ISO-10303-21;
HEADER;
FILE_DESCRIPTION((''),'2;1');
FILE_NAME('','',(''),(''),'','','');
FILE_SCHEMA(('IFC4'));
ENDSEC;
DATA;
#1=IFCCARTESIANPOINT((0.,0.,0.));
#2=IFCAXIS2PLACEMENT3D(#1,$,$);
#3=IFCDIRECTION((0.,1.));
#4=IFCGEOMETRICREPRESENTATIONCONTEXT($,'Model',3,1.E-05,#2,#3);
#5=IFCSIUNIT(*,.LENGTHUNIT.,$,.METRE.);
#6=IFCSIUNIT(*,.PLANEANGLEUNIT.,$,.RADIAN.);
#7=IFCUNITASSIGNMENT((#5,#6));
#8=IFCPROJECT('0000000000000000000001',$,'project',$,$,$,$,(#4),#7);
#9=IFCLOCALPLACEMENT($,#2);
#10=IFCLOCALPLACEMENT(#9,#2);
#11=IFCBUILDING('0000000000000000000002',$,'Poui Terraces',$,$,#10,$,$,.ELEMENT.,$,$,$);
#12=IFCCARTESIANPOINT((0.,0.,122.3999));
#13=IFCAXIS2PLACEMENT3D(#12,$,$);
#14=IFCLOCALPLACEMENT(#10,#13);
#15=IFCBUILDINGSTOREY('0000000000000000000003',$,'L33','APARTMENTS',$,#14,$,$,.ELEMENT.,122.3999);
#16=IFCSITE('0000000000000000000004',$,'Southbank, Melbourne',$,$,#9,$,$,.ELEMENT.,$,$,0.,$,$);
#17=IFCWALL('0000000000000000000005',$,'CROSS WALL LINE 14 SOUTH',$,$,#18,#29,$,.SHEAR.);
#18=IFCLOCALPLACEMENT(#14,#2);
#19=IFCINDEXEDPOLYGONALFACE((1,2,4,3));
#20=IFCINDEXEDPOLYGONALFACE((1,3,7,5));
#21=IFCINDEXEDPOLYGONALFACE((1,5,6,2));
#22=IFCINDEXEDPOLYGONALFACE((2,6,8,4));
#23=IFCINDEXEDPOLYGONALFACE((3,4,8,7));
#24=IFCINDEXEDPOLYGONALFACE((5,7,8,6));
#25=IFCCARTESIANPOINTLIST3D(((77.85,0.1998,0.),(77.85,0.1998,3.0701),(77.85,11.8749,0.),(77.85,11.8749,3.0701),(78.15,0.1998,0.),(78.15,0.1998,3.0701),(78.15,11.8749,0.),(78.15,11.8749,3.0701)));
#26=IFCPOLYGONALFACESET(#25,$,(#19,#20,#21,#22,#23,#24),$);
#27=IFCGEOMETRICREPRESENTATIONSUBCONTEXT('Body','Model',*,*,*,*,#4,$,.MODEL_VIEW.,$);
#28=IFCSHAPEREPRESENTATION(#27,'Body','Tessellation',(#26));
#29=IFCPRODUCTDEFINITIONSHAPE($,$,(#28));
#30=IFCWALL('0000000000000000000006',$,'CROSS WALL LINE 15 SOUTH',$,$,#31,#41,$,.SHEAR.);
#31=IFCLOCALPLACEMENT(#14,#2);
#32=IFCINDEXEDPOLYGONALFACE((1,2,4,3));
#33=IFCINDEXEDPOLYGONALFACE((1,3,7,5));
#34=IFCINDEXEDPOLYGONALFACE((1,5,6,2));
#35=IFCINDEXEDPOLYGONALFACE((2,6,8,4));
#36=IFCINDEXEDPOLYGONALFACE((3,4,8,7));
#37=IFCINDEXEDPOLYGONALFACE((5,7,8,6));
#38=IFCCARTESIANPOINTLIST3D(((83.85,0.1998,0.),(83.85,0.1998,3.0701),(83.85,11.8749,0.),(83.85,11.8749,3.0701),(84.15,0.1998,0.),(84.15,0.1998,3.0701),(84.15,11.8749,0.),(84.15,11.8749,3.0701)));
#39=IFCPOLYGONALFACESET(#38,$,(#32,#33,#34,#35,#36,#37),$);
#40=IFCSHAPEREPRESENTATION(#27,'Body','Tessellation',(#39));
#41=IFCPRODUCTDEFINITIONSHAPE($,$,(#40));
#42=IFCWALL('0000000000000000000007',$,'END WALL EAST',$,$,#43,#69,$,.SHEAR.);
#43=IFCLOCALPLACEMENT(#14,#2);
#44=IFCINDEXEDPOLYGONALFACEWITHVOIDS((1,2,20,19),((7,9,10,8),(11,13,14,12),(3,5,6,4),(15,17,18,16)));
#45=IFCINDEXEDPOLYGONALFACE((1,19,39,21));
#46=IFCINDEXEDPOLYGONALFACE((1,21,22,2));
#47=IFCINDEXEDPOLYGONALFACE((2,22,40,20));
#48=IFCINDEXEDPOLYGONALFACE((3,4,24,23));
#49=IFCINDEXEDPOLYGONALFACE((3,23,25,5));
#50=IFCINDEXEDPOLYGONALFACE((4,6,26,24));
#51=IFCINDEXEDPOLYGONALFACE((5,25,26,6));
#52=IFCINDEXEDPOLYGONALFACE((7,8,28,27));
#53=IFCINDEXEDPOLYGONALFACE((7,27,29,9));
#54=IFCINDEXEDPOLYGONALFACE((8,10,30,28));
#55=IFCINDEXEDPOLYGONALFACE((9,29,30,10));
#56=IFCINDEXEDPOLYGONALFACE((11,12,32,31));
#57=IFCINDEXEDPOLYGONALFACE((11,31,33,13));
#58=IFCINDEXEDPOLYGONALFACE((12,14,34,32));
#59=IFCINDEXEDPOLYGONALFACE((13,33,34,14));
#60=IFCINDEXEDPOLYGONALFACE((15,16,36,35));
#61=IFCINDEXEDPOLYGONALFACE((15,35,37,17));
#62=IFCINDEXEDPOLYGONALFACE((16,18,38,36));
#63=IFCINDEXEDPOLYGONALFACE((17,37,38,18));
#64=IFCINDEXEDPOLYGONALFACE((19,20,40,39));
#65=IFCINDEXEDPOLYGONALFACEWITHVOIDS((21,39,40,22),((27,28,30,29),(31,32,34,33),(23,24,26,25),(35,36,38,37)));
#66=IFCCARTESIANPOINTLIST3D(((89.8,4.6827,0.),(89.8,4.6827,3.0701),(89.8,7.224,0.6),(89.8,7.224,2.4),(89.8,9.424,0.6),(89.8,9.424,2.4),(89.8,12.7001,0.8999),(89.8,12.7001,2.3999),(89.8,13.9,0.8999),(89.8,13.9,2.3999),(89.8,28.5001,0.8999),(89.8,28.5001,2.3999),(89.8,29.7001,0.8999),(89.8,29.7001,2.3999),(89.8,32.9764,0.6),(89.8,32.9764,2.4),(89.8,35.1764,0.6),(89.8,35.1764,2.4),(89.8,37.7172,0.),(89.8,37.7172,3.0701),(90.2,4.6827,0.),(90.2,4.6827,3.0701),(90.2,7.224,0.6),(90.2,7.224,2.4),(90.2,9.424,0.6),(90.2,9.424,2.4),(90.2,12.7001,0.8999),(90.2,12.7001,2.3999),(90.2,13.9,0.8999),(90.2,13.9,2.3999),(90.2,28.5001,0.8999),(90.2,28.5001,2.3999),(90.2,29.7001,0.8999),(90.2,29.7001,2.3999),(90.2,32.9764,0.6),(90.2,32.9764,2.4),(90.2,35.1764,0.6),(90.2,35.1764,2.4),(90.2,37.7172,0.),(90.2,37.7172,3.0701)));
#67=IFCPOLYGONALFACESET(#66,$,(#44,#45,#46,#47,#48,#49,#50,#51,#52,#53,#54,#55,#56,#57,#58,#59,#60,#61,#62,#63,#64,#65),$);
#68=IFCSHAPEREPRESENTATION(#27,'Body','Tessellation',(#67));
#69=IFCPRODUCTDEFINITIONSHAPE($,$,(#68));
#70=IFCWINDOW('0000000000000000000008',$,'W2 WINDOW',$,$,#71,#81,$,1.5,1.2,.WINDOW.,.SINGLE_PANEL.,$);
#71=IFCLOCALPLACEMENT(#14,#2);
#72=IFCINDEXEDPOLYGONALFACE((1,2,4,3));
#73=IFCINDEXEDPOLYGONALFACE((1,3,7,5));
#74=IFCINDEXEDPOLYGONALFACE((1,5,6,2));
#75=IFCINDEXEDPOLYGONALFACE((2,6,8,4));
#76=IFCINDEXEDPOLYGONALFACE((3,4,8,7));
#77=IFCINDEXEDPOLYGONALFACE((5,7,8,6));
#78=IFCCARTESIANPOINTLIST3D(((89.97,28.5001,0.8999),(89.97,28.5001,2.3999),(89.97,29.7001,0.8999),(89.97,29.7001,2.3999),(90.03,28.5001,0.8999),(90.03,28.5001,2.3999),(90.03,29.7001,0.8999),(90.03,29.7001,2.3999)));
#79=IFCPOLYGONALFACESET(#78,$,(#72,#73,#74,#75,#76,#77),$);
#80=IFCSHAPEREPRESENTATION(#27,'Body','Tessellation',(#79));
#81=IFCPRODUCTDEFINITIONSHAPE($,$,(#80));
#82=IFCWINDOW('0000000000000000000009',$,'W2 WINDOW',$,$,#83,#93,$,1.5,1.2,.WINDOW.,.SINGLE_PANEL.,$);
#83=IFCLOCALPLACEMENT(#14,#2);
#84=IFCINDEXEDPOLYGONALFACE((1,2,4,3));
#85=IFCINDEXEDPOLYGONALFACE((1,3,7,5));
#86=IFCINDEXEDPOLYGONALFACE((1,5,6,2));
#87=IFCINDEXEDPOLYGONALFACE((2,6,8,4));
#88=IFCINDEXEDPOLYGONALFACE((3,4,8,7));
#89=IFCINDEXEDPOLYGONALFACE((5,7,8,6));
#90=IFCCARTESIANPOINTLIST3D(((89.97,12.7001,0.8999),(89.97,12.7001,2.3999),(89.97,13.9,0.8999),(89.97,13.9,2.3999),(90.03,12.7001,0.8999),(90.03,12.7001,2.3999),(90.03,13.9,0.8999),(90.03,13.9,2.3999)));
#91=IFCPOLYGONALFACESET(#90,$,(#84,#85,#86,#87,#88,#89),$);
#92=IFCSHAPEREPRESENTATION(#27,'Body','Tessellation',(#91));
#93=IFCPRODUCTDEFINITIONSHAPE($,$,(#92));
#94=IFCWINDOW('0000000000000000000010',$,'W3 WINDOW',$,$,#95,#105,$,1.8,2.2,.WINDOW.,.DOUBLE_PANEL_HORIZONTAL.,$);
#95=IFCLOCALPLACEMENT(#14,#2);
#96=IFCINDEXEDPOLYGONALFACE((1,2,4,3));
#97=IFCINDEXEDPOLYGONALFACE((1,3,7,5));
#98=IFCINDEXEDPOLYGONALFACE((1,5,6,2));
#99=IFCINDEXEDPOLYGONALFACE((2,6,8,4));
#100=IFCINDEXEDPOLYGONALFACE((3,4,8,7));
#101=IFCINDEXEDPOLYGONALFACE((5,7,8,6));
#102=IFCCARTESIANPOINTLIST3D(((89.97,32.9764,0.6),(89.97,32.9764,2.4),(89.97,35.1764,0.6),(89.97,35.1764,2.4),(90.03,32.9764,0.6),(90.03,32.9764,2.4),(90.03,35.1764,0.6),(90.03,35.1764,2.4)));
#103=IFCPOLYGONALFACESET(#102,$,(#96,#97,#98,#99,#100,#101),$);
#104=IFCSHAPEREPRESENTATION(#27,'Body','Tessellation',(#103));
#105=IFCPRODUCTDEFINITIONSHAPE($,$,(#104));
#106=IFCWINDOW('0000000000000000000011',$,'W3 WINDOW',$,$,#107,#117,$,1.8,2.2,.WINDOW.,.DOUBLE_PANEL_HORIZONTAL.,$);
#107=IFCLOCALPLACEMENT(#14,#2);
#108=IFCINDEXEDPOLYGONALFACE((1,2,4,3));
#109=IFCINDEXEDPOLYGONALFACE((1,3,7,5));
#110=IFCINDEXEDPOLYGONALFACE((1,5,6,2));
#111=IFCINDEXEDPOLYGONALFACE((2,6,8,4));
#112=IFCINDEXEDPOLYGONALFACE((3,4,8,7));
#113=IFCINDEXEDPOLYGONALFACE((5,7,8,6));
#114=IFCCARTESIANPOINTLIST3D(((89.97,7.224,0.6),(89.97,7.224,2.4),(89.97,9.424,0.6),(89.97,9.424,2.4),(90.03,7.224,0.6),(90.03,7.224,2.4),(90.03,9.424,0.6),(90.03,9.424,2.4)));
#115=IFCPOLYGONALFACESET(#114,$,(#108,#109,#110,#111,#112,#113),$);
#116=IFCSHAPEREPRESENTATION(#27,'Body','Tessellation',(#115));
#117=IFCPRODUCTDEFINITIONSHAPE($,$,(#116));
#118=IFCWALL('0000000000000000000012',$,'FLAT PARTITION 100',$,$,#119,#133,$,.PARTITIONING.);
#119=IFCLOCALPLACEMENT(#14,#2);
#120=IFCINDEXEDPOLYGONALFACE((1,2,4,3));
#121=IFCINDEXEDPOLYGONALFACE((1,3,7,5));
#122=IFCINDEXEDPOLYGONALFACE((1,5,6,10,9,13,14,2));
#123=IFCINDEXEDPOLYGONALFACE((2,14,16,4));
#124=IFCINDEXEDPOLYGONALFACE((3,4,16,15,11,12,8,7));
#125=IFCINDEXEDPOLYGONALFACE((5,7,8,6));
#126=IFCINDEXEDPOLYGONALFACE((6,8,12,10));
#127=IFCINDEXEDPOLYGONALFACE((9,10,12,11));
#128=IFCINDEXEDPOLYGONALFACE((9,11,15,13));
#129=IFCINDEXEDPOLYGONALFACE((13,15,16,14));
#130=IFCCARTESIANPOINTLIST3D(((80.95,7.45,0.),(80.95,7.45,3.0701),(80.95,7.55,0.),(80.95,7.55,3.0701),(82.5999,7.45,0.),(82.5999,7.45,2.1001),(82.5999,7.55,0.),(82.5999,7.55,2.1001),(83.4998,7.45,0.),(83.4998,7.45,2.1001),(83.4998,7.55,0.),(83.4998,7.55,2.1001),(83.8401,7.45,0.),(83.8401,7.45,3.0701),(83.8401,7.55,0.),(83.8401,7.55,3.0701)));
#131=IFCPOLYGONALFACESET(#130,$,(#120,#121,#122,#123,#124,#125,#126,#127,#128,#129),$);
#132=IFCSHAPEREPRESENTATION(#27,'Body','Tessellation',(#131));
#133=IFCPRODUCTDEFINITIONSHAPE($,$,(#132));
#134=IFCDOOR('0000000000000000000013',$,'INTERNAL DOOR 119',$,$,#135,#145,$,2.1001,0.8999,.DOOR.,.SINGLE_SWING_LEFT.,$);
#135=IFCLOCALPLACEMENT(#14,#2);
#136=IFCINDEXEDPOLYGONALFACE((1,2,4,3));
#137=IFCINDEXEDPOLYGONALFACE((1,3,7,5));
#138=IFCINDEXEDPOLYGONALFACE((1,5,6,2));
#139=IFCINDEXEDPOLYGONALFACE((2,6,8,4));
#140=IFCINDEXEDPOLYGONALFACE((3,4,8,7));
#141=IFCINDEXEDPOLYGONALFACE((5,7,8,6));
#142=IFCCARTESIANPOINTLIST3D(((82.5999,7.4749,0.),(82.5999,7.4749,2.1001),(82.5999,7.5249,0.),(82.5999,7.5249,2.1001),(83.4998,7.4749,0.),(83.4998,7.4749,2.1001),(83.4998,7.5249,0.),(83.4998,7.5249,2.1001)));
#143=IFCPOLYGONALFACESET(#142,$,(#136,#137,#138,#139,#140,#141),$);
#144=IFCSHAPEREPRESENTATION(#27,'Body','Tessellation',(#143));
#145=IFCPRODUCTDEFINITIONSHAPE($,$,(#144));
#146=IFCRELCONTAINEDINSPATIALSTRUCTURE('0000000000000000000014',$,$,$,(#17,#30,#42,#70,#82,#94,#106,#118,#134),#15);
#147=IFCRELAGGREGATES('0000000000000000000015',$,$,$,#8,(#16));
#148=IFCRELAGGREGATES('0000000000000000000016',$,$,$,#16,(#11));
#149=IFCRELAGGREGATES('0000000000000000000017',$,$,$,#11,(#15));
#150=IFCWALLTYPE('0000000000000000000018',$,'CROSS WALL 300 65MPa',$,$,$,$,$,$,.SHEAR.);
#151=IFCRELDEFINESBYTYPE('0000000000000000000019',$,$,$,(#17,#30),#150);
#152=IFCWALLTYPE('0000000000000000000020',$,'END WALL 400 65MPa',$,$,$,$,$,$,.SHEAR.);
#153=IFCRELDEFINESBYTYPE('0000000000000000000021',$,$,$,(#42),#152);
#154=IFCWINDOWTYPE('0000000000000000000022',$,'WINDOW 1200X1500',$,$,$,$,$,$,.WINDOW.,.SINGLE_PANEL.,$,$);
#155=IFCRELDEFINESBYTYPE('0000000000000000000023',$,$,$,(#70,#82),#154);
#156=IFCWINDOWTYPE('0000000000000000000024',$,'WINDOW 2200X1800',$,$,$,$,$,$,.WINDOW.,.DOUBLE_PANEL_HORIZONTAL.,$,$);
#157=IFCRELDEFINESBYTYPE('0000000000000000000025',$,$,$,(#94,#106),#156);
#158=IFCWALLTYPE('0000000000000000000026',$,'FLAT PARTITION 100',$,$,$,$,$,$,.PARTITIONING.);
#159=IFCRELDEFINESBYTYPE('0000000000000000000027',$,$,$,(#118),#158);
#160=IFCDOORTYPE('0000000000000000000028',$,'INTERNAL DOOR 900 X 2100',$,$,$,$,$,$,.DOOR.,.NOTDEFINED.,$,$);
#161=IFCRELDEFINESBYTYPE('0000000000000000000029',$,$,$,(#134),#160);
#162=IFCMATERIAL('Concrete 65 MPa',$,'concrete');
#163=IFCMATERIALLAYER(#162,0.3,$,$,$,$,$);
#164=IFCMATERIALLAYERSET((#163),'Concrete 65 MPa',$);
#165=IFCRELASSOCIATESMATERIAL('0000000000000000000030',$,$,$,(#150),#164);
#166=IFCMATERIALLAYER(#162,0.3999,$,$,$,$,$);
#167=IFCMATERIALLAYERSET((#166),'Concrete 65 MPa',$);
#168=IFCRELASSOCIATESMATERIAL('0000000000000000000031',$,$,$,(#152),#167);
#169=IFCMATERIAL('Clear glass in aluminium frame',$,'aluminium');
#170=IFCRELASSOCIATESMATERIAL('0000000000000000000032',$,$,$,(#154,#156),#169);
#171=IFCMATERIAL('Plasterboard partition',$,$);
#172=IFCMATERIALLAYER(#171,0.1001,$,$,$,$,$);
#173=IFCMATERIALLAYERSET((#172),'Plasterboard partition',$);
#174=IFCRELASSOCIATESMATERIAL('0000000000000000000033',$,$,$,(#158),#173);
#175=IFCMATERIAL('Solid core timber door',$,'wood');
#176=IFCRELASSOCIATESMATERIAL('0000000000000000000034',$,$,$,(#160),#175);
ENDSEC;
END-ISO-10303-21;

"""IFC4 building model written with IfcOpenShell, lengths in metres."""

from ifc_helpers import new_model, si_unit, direction, frame, frame_2d, origin, place, context, subcontext, project, spatial, rectangle, extrude, material, layer, layer_set, type_object, element, fill, save


model = new_model("IFC4")

# Units and contexts
model_context = context("Model", 3, precision=1e-05, world=origin(), true_north=direction((0.0, 1.0)))
body_context = subcontext(model_context, "Body", "Model", "MODEL_VIEW")
ifc_project = project(units=[si_unit("LENGTHUNIT", "METRE"), si_unit("PLANEANGLEUNIT", "RADIAN")], contexts=[model_context])

# Site, building, storey
site_placement = place(None, origin())
site = spatial("IfcSite", under=ifc_project, at=site_placement, Name="Southbank, Melbourne", CompositionType="ELEMENT", RefElevation=0.0)
building_placement = place(site_placement, origin())
building = spatial("IfcBuilding", under=site, at=building_placement, Name="Poui Terraces", CompositionType="ELEMENT")
storey_placement = place(building_placement, frame((0.0, 0.0, 122.3999)))
storey = spatial("IfcBuildingStorey", under=building, at=storey_placement, Name="L33", Description="APARTMENTS", CompositionType="ELEMENT", Elevation=122.3999)

# Walls
ifc_material_1 = material(Name="Concrete 65 MPa", Category="concrete")
ifc_layer_1 = layer(ifc_material_1, 0.3)
ifc_layer_set_1 = layer_set([ifc_layer_1], Name="Concrete 65 MPa")
wall_type_1 = type_object("IfcWallType", Name="CROSS WALL 300 65MPa", PredefinedType="SHEAR", material=ifc_layer_set_1)
for number, where, z_axis, x_axis, name in (
    (1, (78.0, 0.2, 0.0), (0.0, 0.0, 1.0), (0.0, 1.0, 0.0), "CROSS WALL LINE 14 SOUTH"),
    (2, (84.0, 0.2, 0.0), (0.0, 0.0, 1.0), (0.0, 1.0, 0.0), "CROSS WALL LINE 15 SOUTH"),
):
    element("IfcWall", number, at=place(storey_placement, frame(where, z_axis=z_axis, x_axis=x_axis)), inside=storey, type_object=wall_type_1, Name=name, PredefinedType="SHEAR", context=body_context, shape_type="SweptSolid", body=[
        extrude(rectangle(XDim=11.675, YDim=0.3, at=frame_2d((5.8374, 0.0))), origin(), (0.0, 0.0, 1.0), 3.0701),
    ])

# Wall, openings, windows
ifc_layer_2 = layer(ifc_material_1, 0.3999)
ifc_layer_set_2 = layer_set([ifc_layer_2], Name="Concrete 65 MPa")
wall_type_2 = type_object("IfcWallType", Name="END WALL 400 65MPa", PredefinedType="SHEAR", material=ifc_layer_set_2)
wall_1_placement = place(storey_placement, frame((90.0, 4.6829, 0.0), z_axis=(0.0, 0.0, 1.0), x_axis=(0.0, 1.0, 0.0)))
wall_1 = element("IfcWall", 3, at=wall_1_placement, inside=storey, type_object=wall_type_2, Name="END WALL EAST", PredefinedType="SHEAR", context=body_context, shape_type="SweptSolid", body=[
    extrude(rectangle(XDim=33.0344, YDim=0.3999, at=frame_2d((16.5171, 0.0))), origin(), (0.0, 0.0, 1.0), 3.0701),
])
opening_1_placement = place(wall_1_placement, frame((23.8171, 0.0, 0.8999)))
opening_1 = element("IfcOpeningElement", 4, at=opening_1_placement, cuts=wall_1, PredefinedType="OPENING", context=body_context, shape_type="SweptSolid", body=[
    extrude(rectangle(XDim=1.2, YDim=1.5, at=frame_2d((0.6001, 0.75))), frame((0.0, 0.21, 0.0), z_axis=(0.0, -1.0, 0.0), x_axis=(1.0, 0.0, 0.0)), (0.0, 0.0, 1.0), 0.4199),
])
opening_2_placement = place(wall_1_placement, frame((8.0171, 0.0, 0.8999)))
opening_2 = element("IfcOpeningElement", 5, at=opening_2_placement, cuts=wall_1, PredefinedType="OPENING", context=body_context, shape_type="SweptSolid", body=[
    extrude(rectangle(XDim=1.2, YDim=1.5, at=frame_2d((0.6001, 0.75))), frame((0.0, 0.21, 0.0), z_axis=(0.0, -1.0, 0.0), x_axis=(1.0, 0.0, 0.0)), (0.0, 0.0, 1.0), 0.4199),
])
opening_3_placement = place(wall_1_placement, frame((28.2935, 0.0, 0.6001)))
opening_3 = element("IfcOpeningElement", 6, at=opening_3_placement, cuts=wall_1, PredefinedType="OPENING", context=body_context, shape_type="SweptSolid", body=[
    extrude(rectangle(XDim=2.2, YDim=1.8, at=frame_2d((1.1001, 0.8999))), frame((0.0, 0.21, 0.0), z_axis=(0.0, -1.0, 0.0), x_axis=(1.0, 0.0, 0.0)), (0.0, 0.0, 1.0), 0.4199),
])
opening_4_placement = place(wall_1_placement, frame((2.541, 0.0, 0.6001)))
opening_4 = element("IfcOpeningElement", 7, at=opening_4_placement, cuts=wall_1, PredefinedType="OPENING", context=body_context, shape_type="SweptSolid", body=[
    extrude(rectangle(XDim=2.2, YDim=1.8, at=frame_2d((1.1001, 0.8999))), frame((0.0, 0.21, 0.0), z_axis=(0.0, -1.0, 0.0), x_axis=(1.0, 0.0, 0.0)), (0.0, 0.0, 1.0), 0.4199),
])
ifc_material_2 = material(Name="Clear glass in aluminium frame", Category="aluminium")
window_type_1 = type_object("IfcWindowType", Name="WINDOW 1200X1500", PartitioningType="SINGLE_PANEL", PredefinedType="WINDOW", material=ifc_material_2)
window_1_placement = place(opening_1_placement, origin())
window_1 = element("IfcWindow", 8, at=window_1_placement, inside=storey, type_object=window_type_1, Name="W2 WINDOW", OverallHeight=1.5, OverallWidth=1.2, PartitioningType="SINGLE_PANEL", PredefinedType="WINDOW", context=body_context, shape_type="SweptSolid", body=[
    extrude(rectangle(XDim=1.2, YDim=1.5, at=frame_2d((0.6001, 0.75))), frame((0.0, 0.03, 0.0), z_axis=(0.0, -1.0, 0.0), x_axis=(1.0, 0.0, 0.0)), (0.0, 0.0, 1.0), 0.0601),
])
fill(opening_1, window_1)
window_2_placement = place(opening_2_placement, origin())
window_2 = element("IfcWindow", 9, at=window_2_placement, inside=storey, type_object=window_type_1, Name="W2 WINDOW", OverallHeight=1.5, OverallWidth=1.2, PartitioningType="SINGLE_PANEL", PredefinedType="WINDOW", context=body_context, shape_type="SweptSolid", body=[
    extrude(rectangle(XDim=1.2, YDim=1.5, at=frame_2d((0.6001, 0.75))), frame((0.0, 0.03, 0.0), z_axis=(0.0, -1.0, 0.0), x_axis=(1.0, 0.0, 0.0)), (0.0, 0.0, 1.0), 0.0601),
])
fill(opening_2, window_2)
window_type_2 = type_object("IfcWindowType", Name="WINDOW 2200X1800", PartitioningType="DOUBLE_PANEL_HORIZONTAL", PredefinedType="WINDOW", material=ifc_material_2)
window_3_placement = place(opening_3_placement, origin())
window_3 = element("IfcWindow", 10, at=window_3_placement, inside=storey, type_object=window_type_2, Name="W3 WINDOW", OverallHeight=1.8, OverallWidth=2.2, PartitioningType="DOUBLE_PANEL_HORIZONTAL", PredefinedType="WINDOW", context=body_context, shape_type="SweptSolid", body=[
    extrude(rectangle(XDim=2.2, YDim=1.8, at=frame_2d((1.1001, 0.8999))), frame((0.0, 0.03, 0.0), z_axis=(0.0, -1.0, 0.0), x_axis=(1.0, 0.0, 0.0)), (0.0, 0.0, 1.0), 0.0601),
])
fill(opening_3, window_3)
window_4_placement = place(opening_4_placement, origin())
window_4 = element("IfcWindow", 11, at=window_4_placement, inside=storey, type_object=window_type_2, Name="W3 WINDOW", OverallHeight=1.8, OverallWidth=2.2, PartitioningType="DOUBLE_PANEL_HORIZONTAL", PredefinedType="WINDOW", context=body_context, shape_type="SweptSolid", body=[
    extrude(rectangle(XDim=2.2, YDim=1.8, at=frame_2d((1.1001, 0.8999))), frame((0.0, 0.03, 0.0), z_axis=(0.0, -1.0, 0.0), x_axis=(1.0, 0.0, 0.0)), (0.0, 0.0, 1.0), 0.0601),
])
fill(opening_4, window_4)

# Wall, opening, door
ifc_material_3 = material(Name="Plasterboard partition")
ifc_layer_3 = layer(ifc_material_3, 0.1001)
ifc_layer_set_3 = layer_set([ifc_layer_3], Name="Plasterboard partition")
wall_type_3 = type_object("IfcWallType", Name="FLAT PARTITION 100", PredefinedType="PARTITIONING", material=ifc_layer_set_3)
wall_2_placement = place(storey_placement, frame((80.95, 7.5, 0.0), z_axis=(0.0, 0.0, 1.0), x_axis=(1.0, 0.0, 0.0)))
wall_2 = element("IfcWall", 12, at=wall_2_placement, inside=storey, type_object=wall_type_3, Name="FLAT PARTITION 100", PredefinedType="PARTITIONING", context=body_context, shape_type="SweptSolid", body=[
    extrude(rectangle(XDim=2.8901, YDim=0.1001, at=frame_2d((1.4451, 0.0))), origin(), (0.0, 0.0, 1.0), 3.0701),
])
opening_5_placement = place(wall_2_placement, frame((1.6499, 0.0, 0.0)))
opening_5 = element("IfcOpeningElement", 13, at=opening_5_placement, cuts=wall_2, PredefinedType="OPENING", context=body_context, shape_type="SweptSolid", body=[
    extrude(rectangle(XDim=0.8999, YDim=2.1001, at=frame_2d((0.45, 1.05))), frame((0.0, 0.0601, 0.0), z_axis=(0.0, -1.0, 0.0), x_axis=(1.0, 0.0, 0.0)), (0.0, 0.0, 1.0), 0.1201),
])
ifc_material_4 = material(Name="Solid core timber door", Category="wood")
door_type_1 = type_object("IfcDoorType", Name="INTERNAL DOOR 900 X 2100", OperationType="NOTDEFINED", PredefinedType="DOOR", material=ifc_material_4)
door_1_placement = place(opening_5_placement, origin())
door_1 = element("IfcDoor", 14, at=door_1_placement, inside=storey, type_object=door_type_1, Name="INTERNAL DOOR 119", OperationType="SINGLE_SWING_LEFT", OverallHeight=2.1001, OverallWidth=0.8999, PredefinedType="DOOR", context=body_context, shape_type="SweptSolid", body=[
    extrude(rectangle(XDim=0.8999, YDim=2.1001, at=frame_2d((0.45, 1.05))), frame((0.0, 0.0249, 0.0), z_axis=(0.0, -1.0, 0.0), x_axis=(1.0, 0.0, 0.0)), (0.0, 0.0, 1.0), 0.05),
])
fill(opening_5, door_1)

save(model, "model.ifc")
